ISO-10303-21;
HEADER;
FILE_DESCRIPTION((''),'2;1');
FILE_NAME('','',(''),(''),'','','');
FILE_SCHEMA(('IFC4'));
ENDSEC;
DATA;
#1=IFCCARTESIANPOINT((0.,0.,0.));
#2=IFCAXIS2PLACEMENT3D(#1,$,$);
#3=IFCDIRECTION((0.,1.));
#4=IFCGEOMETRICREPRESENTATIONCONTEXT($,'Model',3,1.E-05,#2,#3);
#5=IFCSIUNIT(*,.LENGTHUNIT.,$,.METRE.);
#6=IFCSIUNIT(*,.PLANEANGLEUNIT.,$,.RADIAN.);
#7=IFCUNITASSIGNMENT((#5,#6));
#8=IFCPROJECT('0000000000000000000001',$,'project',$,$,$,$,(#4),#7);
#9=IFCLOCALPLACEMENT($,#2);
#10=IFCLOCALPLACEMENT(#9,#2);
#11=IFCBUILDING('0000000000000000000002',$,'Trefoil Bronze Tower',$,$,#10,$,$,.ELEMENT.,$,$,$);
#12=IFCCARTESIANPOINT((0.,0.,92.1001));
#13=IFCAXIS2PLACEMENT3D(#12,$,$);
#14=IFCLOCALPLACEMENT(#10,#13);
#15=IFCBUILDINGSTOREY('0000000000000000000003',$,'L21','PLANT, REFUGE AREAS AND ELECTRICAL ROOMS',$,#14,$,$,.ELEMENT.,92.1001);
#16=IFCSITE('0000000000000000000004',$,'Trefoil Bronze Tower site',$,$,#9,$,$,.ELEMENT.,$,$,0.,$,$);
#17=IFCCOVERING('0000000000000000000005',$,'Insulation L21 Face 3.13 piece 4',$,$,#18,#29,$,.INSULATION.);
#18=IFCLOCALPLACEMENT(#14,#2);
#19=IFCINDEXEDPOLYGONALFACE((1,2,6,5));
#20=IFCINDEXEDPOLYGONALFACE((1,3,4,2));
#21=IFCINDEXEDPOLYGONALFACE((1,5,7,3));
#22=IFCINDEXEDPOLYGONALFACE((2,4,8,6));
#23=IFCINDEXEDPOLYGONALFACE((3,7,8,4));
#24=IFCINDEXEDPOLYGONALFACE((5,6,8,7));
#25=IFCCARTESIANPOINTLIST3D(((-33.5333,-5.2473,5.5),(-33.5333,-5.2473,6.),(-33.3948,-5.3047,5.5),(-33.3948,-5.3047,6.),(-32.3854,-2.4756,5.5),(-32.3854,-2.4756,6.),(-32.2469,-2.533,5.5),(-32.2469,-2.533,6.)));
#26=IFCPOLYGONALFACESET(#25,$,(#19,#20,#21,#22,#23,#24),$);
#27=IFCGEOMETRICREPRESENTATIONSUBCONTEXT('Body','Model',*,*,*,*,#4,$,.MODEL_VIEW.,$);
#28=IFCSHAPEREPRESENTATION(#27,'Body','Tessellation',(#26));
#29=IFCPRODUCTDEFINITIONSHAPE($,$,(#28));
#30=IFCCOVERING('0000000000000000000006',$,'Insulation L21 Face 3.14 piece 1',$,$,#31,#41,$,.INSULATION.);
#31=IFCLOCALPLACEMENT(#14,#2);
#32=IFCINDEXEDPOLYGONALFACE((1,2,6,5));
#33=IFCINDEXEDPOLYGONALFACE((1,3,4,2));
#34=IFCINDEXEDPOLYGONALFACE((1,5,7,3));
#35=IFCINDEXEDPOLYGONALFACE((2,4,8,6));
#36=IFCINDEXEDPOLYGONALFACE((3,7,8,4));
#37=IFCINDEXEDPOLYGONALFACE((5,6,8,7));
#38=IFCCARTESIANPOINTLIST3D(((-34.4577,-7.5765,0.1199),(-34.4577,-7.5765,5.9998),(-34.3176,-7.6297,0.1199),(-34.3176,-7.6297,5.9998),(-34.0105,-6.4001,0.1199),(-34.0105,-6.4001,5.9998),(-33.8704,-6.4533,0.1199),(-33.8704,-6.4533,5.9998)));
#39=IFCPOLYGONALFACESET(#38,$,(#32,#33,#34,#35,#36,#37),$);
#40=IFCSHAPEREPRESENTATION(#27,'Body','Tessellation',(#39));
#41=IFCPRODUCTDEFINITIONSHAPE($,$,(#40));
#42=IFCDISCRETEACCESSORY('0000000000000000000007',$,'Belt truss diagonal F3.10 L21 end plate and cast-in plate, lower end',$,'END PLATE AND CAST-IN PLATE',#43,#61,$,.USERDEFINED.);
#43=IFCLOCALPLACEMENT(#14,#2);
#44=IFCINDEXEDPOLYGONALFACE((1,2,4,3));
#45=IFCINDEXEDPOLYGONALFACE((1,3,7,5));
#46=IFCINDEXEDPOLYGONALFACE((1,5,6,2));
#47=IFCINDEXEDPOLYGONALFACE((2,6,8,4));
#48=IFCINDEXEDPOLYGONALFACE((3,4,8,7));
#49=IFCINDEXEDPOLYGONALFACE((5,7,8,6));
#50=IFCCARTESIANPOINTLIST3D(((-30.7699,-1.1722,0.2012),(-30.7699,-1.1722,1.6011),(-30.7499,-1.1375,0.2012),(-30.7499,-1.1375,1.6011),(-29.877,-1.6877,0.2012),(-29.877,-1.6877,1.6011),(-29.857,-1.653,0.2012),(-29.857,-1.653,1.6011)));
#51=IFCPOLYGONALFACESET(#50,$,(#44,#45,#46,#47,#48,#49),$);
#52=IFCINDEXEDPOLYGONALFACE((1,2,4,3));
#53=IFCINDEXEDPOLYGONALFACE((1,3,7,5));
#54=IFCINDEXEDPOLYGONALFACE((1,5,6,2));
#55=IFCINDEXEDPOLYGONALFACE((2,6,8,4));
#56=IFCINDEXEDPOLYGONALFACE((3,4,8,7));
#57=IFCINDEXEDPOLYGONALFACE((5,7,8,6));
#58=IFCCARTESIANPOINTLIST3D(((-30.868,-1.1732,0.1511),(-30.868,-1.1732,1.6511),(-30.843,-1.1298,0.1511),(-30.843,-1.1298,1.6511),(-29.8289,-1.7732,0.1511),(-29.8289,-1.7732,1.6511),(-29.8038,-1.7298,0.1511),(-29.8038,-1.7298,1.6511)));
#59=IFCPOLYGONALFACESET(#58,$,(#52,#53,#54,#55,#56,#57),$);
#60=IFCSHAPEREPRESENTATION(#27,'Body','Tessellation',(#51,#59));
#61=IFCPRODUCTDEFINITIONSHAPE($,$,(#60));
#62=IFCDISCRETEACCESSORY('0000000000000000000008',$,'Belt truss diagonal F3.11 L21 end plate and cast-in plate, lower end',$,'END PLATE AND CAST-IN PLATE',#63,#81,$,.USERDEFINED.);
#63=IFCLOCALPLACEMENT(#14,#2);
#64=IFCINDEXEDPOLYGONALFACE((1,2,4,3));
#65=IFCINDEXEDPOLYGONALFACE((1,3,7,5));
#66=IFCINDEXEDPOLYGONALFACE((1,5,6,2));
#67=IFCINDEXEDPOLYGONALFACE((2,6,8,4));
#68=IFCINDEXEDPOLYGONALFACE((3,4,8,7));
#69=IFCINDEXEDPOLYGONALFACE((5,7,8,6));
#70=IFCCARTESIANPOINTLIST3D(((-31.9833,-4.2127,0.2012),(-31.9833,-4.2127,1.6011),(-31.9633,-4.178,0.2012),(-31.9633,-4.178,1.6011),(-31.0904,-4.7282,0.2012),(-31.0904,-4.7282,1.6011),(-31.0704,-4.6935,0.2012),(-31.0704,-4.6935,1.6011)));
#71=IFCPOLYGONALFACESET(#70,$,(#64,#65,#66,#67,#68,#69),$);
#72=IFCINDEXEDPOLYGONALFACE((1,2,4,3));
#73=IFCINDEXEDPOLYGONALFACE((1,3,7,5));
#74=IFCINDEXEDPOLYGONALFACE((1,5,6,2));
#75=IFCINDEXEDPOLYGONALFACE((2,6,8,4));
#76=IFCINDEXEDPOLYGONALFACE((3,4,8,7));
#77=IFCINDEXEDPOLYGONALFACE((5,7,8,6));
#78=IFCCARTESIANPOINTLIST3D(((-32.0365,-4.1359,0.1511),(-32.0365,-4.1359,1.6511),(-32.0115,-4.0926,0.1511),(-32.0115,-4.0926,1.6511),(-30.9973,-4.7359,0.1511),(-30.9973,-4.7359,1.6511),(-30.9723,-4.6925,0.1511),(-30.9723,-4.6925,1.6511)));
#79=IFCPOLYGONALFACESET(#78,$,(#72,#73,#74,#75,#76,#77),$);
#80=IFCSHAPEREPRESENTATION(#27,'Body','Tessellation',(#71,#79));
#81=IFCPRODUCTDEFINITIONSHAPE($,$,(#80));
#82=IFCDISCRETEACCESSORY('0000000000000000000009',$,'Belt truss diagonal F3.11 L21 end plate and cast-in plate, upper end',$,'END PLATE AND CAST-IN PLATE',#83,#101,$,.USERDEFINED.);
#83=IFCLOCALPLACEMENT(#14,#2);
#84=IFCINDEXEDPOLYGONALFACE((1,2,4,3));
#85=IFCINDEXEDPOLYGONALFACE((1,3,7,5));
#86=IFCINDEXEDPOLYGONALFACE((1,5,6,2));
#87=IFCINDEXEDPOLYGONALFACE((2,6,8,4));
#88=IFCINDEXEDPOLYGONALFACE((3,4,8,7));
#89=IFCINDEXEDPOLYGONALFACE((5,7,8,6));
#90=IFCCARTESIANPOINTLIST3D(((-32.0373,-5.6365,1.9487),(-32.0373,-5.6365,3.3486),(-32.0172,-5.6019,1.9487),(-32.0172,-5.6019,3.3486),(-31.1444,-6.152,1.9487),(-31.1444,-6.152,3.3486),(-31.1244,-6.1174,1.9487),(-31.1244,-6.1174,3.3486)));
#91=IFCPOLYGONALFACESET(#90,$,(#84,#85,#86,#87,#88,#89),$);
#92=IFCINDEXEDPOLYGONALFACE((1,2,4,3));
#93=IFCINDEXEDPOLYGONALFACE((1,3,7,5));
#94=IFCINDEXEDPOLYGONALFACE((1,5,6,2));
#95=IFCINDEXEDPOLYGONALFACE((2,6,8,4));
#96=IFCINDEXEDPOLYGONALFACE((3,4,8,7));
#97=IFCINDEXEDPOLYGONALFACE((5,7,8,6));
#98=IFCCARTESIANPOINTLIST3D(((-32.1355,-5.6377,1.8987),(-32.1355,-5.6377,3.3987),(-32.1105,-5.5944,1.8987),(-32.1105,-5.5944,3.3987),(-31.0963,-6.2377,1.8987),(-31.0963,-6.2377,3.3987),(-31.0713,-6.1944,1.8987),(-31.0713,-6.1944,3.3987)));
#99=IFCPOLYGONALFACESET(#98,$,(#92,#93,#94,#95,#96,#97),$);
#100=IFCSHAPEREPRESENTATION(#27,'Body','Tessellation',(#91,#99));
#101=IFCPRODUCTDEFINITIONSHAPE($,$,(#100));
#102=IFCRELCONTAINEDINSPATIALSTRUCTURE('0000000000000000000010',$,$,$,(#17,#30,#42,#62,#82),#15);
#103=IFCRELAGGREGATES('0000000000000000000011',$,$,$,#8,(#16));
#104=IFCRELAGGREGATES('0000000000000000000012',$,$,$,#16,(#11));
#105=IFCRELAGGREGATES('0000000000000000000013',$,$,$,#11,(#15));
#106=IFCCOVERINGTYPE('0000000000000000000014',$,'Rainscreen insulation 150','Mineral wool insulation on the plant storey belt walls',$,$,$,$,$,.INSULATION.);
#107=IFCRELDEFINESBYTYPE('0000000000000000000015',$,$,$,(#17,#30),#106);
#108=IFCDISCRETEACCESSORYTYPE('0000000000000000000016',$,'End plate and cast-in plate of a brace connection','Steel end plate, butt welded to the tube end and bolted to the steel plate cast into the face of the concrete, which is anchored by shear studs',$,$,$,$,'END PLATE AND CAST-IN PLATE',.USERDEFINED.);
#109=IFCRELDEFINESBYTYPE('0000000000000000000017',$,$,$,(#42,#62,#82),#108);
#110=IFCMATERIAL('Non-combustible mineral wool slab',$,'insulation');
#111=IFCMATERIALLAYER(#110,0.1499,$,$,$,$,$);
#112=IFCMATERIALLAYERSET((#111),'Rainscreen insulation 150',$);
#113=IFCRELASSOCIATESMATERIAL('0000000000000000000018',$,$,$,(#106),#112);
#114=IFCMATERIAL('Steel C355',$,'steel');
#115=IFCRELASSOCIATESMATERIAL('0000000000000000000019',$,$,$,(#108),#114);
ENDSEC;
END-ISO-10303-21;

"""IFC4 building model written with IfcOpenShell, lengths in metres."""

from ifc_helpers import new_model, si_unit, direction, frame, origin, origin_2d, place, context, subcontext, project, spatial, rectangle, extrude, material, layer, layer_set, type_object, element, save


model = new_model("IFC4")

# Units and contexts
model_context = context("Model", 3, precision=1e-05, world=origin(), true_north=direction((0.0, 1.0)))
body_context = subcontext(model_context, "Body", "Model", "MODEL_VIEW")
ifc_project = project(units=[si_unit("LENGTHUNIT", "METRE"), si_unit("PLANEANGLEUNIT", "RADIAN")], contexts=[model_context])

# Site, building, storey
site_placement = place(None, origin())
site = spatial("IfcSite", under=ifc_project, at=site_placement, Name="Trefoil Bronze Tower site", CompositionType="ELEMENT", RefElevation=0.0)
building_placement = place(site_placement, origin())
building = spatial("IfcBuilding", under=site, at=building_placement, Name="Trefoil Bronze Tower", CompositionType="ELEMENT")
storey_placement = place(building_placement, frame((0.0, 0.0, 92.1001)))
storey = spatial("IfcBuildingStorey", under=building, at=storey_placement, Name="L21", Description="PLANT, REFUGE AREAS AND ELECTRICAL ROOMS", CompositionType="ELEMENT", Elevation=92.1001)

# Coverings
ifc_material_1 = material(Name="Non-combustible mineral wool slab", Category="insulation")
ifc_layer_1 = layer(ifc_material_1, 0.1499)
ifc_layer_set_1 = layer_set([ifc_layer_1], Name="Rainscreen insulation 150")
covering_type_1 = type_object("IfcCoveringType", Name="Rainscreen insulation 150", Description="Mineral wool insulation on the plant storey belt walls", PredefinedType="INSULATION", material=ifc_layer_set_1)
covering_1_placement = place(storey_placement, frame((-32.8901, -3.8901, 5.5), z_axis=(0.0, 0.0, 1.0), x_axis=(-0.38263, -0.923902, 0.0)))
element("IfcCovering", 1, at=covering_1_placement, inside=storey, type_object=covering_type_1, Name="Insulation L21 Face 3.13 piece 4", PredefinedType="INSULATION", context=body_context, shape_type="SweptSolid", body=[
    extrude(rectangle(XDim=3.0, YDim=0.1499, at=origin_2d()), origin(), (0.0, 0.0, 1.0), 0.5),
])
covering_2_placement = place(storey_placement, frame((-34.1641, -7.0149, 0.1199), z_axis=(0.0, 0.0, 1.0), x_axis=(-0.355371, -0.934725, 0.0)))
element("IfcCovering", 2, at=covering_2_placement, inside=storey, type_object=covering_type_1, Name="Insulation L21 Face 3.14 piece 1", PredefinedType="INSULATION", context=body_context, shape_type="SweptSolid", body=[
    extrude(rectangle(XDim=1.2585, YDim=0.1499, at=origin_2d()), origin(), (0.0, 0.0, 1.0), 5.8799),
])

# Discrete accessories
ifc_material_2 = material(Name="Steel C355", Category="steel")
discrete_accessory_type = type_object("IfcDiscreteAccessoryType", Name="End plate and cast-in plate of a brace connection", Description="Steel end plate, butt welded to the tube end and bolted to the steel plate cast into the face of the concrete, which is anchored by shear studs", ElementType="END PLATE AND CAST-IN PLATE", PredefinedType="USERDEFINED", material=ifc_material_2)
for number, where, z_axis, x_axis, name in (
    (3, (-30.3235, -1.4299, 0.9011), (0.0, 0.0, 1.0), (0.5, 0.866025, 0.0), "Belt truss diagonal F3.10 L21 end plate and cast-in plate, lower end"),
    (4, (-31.5168, -4.4358, 0.9011), (0.0, 0.0, 1.0), (-0.5, -0.866025, 0.0), "Belt truss diagonal F3.11 L21 end plate and cast-in plate, lower end"),
):
    element("IfcDiscreteAccessory", number, at=place(storey_placement, frame(where, z_axis=z_axis, x_axis=x_axis)), inside=storey, type_object=discrete_accessory_type, Name=name, ObjectType="END PLATE AND CAST-IN PLATE", PredefinedType="USERDEFINED", context=body_context, shape_type="SweptSolid", body=[
        extrude(rectangle(XDim=0.04, YDim=1.031, at=origin_2d()), frame((0.02, 0.0, -0.7)), (0.0, 0.0, 1.0), 1.3999),
        extrude(rectangle(XDim=0.05, YDim=1.2, at=origin_2d()), frame((-0.0249, 0.0, -0.75)), (0.0, 0.0, 1.0), 1.5),
    ])
discrete_accessory_placement = place(storey_placement, frame((-31.5908, -5.8943, 2.6487), z_axis=(0.0, 0.0, 1.0), x_axis=(0.5, 0.866025, 0.0)))
element("IfcDiscreteAccessory", 5, at=discrete_accessory_placement, inside=storey, type_object=discrete_accessory_type, Name="Belt truss diagonal F3.11 L21 end plate and cast-in plate, upper end", ObjectType="END PLATE AND CAST-IN PLATE", PredefinedType="USERDEFINED", context=body_context, shape_type="SweptSolid", body=[
    extrude(rectangle(XDim=0.04, YDim=1.031, at=origin_2d()), frame((0.02, 0.0, -0.7)), (0.0, 0.0, 1.0), 1.3999),
    extrude(rectangle(XDim=0.05, YDim=1.2, at=origin_2d()), frame((-0.0251, 0.0, -0.75)), (0.0, 0.0, 1.0), 1.5),
])

save(model, "model.ifc")
